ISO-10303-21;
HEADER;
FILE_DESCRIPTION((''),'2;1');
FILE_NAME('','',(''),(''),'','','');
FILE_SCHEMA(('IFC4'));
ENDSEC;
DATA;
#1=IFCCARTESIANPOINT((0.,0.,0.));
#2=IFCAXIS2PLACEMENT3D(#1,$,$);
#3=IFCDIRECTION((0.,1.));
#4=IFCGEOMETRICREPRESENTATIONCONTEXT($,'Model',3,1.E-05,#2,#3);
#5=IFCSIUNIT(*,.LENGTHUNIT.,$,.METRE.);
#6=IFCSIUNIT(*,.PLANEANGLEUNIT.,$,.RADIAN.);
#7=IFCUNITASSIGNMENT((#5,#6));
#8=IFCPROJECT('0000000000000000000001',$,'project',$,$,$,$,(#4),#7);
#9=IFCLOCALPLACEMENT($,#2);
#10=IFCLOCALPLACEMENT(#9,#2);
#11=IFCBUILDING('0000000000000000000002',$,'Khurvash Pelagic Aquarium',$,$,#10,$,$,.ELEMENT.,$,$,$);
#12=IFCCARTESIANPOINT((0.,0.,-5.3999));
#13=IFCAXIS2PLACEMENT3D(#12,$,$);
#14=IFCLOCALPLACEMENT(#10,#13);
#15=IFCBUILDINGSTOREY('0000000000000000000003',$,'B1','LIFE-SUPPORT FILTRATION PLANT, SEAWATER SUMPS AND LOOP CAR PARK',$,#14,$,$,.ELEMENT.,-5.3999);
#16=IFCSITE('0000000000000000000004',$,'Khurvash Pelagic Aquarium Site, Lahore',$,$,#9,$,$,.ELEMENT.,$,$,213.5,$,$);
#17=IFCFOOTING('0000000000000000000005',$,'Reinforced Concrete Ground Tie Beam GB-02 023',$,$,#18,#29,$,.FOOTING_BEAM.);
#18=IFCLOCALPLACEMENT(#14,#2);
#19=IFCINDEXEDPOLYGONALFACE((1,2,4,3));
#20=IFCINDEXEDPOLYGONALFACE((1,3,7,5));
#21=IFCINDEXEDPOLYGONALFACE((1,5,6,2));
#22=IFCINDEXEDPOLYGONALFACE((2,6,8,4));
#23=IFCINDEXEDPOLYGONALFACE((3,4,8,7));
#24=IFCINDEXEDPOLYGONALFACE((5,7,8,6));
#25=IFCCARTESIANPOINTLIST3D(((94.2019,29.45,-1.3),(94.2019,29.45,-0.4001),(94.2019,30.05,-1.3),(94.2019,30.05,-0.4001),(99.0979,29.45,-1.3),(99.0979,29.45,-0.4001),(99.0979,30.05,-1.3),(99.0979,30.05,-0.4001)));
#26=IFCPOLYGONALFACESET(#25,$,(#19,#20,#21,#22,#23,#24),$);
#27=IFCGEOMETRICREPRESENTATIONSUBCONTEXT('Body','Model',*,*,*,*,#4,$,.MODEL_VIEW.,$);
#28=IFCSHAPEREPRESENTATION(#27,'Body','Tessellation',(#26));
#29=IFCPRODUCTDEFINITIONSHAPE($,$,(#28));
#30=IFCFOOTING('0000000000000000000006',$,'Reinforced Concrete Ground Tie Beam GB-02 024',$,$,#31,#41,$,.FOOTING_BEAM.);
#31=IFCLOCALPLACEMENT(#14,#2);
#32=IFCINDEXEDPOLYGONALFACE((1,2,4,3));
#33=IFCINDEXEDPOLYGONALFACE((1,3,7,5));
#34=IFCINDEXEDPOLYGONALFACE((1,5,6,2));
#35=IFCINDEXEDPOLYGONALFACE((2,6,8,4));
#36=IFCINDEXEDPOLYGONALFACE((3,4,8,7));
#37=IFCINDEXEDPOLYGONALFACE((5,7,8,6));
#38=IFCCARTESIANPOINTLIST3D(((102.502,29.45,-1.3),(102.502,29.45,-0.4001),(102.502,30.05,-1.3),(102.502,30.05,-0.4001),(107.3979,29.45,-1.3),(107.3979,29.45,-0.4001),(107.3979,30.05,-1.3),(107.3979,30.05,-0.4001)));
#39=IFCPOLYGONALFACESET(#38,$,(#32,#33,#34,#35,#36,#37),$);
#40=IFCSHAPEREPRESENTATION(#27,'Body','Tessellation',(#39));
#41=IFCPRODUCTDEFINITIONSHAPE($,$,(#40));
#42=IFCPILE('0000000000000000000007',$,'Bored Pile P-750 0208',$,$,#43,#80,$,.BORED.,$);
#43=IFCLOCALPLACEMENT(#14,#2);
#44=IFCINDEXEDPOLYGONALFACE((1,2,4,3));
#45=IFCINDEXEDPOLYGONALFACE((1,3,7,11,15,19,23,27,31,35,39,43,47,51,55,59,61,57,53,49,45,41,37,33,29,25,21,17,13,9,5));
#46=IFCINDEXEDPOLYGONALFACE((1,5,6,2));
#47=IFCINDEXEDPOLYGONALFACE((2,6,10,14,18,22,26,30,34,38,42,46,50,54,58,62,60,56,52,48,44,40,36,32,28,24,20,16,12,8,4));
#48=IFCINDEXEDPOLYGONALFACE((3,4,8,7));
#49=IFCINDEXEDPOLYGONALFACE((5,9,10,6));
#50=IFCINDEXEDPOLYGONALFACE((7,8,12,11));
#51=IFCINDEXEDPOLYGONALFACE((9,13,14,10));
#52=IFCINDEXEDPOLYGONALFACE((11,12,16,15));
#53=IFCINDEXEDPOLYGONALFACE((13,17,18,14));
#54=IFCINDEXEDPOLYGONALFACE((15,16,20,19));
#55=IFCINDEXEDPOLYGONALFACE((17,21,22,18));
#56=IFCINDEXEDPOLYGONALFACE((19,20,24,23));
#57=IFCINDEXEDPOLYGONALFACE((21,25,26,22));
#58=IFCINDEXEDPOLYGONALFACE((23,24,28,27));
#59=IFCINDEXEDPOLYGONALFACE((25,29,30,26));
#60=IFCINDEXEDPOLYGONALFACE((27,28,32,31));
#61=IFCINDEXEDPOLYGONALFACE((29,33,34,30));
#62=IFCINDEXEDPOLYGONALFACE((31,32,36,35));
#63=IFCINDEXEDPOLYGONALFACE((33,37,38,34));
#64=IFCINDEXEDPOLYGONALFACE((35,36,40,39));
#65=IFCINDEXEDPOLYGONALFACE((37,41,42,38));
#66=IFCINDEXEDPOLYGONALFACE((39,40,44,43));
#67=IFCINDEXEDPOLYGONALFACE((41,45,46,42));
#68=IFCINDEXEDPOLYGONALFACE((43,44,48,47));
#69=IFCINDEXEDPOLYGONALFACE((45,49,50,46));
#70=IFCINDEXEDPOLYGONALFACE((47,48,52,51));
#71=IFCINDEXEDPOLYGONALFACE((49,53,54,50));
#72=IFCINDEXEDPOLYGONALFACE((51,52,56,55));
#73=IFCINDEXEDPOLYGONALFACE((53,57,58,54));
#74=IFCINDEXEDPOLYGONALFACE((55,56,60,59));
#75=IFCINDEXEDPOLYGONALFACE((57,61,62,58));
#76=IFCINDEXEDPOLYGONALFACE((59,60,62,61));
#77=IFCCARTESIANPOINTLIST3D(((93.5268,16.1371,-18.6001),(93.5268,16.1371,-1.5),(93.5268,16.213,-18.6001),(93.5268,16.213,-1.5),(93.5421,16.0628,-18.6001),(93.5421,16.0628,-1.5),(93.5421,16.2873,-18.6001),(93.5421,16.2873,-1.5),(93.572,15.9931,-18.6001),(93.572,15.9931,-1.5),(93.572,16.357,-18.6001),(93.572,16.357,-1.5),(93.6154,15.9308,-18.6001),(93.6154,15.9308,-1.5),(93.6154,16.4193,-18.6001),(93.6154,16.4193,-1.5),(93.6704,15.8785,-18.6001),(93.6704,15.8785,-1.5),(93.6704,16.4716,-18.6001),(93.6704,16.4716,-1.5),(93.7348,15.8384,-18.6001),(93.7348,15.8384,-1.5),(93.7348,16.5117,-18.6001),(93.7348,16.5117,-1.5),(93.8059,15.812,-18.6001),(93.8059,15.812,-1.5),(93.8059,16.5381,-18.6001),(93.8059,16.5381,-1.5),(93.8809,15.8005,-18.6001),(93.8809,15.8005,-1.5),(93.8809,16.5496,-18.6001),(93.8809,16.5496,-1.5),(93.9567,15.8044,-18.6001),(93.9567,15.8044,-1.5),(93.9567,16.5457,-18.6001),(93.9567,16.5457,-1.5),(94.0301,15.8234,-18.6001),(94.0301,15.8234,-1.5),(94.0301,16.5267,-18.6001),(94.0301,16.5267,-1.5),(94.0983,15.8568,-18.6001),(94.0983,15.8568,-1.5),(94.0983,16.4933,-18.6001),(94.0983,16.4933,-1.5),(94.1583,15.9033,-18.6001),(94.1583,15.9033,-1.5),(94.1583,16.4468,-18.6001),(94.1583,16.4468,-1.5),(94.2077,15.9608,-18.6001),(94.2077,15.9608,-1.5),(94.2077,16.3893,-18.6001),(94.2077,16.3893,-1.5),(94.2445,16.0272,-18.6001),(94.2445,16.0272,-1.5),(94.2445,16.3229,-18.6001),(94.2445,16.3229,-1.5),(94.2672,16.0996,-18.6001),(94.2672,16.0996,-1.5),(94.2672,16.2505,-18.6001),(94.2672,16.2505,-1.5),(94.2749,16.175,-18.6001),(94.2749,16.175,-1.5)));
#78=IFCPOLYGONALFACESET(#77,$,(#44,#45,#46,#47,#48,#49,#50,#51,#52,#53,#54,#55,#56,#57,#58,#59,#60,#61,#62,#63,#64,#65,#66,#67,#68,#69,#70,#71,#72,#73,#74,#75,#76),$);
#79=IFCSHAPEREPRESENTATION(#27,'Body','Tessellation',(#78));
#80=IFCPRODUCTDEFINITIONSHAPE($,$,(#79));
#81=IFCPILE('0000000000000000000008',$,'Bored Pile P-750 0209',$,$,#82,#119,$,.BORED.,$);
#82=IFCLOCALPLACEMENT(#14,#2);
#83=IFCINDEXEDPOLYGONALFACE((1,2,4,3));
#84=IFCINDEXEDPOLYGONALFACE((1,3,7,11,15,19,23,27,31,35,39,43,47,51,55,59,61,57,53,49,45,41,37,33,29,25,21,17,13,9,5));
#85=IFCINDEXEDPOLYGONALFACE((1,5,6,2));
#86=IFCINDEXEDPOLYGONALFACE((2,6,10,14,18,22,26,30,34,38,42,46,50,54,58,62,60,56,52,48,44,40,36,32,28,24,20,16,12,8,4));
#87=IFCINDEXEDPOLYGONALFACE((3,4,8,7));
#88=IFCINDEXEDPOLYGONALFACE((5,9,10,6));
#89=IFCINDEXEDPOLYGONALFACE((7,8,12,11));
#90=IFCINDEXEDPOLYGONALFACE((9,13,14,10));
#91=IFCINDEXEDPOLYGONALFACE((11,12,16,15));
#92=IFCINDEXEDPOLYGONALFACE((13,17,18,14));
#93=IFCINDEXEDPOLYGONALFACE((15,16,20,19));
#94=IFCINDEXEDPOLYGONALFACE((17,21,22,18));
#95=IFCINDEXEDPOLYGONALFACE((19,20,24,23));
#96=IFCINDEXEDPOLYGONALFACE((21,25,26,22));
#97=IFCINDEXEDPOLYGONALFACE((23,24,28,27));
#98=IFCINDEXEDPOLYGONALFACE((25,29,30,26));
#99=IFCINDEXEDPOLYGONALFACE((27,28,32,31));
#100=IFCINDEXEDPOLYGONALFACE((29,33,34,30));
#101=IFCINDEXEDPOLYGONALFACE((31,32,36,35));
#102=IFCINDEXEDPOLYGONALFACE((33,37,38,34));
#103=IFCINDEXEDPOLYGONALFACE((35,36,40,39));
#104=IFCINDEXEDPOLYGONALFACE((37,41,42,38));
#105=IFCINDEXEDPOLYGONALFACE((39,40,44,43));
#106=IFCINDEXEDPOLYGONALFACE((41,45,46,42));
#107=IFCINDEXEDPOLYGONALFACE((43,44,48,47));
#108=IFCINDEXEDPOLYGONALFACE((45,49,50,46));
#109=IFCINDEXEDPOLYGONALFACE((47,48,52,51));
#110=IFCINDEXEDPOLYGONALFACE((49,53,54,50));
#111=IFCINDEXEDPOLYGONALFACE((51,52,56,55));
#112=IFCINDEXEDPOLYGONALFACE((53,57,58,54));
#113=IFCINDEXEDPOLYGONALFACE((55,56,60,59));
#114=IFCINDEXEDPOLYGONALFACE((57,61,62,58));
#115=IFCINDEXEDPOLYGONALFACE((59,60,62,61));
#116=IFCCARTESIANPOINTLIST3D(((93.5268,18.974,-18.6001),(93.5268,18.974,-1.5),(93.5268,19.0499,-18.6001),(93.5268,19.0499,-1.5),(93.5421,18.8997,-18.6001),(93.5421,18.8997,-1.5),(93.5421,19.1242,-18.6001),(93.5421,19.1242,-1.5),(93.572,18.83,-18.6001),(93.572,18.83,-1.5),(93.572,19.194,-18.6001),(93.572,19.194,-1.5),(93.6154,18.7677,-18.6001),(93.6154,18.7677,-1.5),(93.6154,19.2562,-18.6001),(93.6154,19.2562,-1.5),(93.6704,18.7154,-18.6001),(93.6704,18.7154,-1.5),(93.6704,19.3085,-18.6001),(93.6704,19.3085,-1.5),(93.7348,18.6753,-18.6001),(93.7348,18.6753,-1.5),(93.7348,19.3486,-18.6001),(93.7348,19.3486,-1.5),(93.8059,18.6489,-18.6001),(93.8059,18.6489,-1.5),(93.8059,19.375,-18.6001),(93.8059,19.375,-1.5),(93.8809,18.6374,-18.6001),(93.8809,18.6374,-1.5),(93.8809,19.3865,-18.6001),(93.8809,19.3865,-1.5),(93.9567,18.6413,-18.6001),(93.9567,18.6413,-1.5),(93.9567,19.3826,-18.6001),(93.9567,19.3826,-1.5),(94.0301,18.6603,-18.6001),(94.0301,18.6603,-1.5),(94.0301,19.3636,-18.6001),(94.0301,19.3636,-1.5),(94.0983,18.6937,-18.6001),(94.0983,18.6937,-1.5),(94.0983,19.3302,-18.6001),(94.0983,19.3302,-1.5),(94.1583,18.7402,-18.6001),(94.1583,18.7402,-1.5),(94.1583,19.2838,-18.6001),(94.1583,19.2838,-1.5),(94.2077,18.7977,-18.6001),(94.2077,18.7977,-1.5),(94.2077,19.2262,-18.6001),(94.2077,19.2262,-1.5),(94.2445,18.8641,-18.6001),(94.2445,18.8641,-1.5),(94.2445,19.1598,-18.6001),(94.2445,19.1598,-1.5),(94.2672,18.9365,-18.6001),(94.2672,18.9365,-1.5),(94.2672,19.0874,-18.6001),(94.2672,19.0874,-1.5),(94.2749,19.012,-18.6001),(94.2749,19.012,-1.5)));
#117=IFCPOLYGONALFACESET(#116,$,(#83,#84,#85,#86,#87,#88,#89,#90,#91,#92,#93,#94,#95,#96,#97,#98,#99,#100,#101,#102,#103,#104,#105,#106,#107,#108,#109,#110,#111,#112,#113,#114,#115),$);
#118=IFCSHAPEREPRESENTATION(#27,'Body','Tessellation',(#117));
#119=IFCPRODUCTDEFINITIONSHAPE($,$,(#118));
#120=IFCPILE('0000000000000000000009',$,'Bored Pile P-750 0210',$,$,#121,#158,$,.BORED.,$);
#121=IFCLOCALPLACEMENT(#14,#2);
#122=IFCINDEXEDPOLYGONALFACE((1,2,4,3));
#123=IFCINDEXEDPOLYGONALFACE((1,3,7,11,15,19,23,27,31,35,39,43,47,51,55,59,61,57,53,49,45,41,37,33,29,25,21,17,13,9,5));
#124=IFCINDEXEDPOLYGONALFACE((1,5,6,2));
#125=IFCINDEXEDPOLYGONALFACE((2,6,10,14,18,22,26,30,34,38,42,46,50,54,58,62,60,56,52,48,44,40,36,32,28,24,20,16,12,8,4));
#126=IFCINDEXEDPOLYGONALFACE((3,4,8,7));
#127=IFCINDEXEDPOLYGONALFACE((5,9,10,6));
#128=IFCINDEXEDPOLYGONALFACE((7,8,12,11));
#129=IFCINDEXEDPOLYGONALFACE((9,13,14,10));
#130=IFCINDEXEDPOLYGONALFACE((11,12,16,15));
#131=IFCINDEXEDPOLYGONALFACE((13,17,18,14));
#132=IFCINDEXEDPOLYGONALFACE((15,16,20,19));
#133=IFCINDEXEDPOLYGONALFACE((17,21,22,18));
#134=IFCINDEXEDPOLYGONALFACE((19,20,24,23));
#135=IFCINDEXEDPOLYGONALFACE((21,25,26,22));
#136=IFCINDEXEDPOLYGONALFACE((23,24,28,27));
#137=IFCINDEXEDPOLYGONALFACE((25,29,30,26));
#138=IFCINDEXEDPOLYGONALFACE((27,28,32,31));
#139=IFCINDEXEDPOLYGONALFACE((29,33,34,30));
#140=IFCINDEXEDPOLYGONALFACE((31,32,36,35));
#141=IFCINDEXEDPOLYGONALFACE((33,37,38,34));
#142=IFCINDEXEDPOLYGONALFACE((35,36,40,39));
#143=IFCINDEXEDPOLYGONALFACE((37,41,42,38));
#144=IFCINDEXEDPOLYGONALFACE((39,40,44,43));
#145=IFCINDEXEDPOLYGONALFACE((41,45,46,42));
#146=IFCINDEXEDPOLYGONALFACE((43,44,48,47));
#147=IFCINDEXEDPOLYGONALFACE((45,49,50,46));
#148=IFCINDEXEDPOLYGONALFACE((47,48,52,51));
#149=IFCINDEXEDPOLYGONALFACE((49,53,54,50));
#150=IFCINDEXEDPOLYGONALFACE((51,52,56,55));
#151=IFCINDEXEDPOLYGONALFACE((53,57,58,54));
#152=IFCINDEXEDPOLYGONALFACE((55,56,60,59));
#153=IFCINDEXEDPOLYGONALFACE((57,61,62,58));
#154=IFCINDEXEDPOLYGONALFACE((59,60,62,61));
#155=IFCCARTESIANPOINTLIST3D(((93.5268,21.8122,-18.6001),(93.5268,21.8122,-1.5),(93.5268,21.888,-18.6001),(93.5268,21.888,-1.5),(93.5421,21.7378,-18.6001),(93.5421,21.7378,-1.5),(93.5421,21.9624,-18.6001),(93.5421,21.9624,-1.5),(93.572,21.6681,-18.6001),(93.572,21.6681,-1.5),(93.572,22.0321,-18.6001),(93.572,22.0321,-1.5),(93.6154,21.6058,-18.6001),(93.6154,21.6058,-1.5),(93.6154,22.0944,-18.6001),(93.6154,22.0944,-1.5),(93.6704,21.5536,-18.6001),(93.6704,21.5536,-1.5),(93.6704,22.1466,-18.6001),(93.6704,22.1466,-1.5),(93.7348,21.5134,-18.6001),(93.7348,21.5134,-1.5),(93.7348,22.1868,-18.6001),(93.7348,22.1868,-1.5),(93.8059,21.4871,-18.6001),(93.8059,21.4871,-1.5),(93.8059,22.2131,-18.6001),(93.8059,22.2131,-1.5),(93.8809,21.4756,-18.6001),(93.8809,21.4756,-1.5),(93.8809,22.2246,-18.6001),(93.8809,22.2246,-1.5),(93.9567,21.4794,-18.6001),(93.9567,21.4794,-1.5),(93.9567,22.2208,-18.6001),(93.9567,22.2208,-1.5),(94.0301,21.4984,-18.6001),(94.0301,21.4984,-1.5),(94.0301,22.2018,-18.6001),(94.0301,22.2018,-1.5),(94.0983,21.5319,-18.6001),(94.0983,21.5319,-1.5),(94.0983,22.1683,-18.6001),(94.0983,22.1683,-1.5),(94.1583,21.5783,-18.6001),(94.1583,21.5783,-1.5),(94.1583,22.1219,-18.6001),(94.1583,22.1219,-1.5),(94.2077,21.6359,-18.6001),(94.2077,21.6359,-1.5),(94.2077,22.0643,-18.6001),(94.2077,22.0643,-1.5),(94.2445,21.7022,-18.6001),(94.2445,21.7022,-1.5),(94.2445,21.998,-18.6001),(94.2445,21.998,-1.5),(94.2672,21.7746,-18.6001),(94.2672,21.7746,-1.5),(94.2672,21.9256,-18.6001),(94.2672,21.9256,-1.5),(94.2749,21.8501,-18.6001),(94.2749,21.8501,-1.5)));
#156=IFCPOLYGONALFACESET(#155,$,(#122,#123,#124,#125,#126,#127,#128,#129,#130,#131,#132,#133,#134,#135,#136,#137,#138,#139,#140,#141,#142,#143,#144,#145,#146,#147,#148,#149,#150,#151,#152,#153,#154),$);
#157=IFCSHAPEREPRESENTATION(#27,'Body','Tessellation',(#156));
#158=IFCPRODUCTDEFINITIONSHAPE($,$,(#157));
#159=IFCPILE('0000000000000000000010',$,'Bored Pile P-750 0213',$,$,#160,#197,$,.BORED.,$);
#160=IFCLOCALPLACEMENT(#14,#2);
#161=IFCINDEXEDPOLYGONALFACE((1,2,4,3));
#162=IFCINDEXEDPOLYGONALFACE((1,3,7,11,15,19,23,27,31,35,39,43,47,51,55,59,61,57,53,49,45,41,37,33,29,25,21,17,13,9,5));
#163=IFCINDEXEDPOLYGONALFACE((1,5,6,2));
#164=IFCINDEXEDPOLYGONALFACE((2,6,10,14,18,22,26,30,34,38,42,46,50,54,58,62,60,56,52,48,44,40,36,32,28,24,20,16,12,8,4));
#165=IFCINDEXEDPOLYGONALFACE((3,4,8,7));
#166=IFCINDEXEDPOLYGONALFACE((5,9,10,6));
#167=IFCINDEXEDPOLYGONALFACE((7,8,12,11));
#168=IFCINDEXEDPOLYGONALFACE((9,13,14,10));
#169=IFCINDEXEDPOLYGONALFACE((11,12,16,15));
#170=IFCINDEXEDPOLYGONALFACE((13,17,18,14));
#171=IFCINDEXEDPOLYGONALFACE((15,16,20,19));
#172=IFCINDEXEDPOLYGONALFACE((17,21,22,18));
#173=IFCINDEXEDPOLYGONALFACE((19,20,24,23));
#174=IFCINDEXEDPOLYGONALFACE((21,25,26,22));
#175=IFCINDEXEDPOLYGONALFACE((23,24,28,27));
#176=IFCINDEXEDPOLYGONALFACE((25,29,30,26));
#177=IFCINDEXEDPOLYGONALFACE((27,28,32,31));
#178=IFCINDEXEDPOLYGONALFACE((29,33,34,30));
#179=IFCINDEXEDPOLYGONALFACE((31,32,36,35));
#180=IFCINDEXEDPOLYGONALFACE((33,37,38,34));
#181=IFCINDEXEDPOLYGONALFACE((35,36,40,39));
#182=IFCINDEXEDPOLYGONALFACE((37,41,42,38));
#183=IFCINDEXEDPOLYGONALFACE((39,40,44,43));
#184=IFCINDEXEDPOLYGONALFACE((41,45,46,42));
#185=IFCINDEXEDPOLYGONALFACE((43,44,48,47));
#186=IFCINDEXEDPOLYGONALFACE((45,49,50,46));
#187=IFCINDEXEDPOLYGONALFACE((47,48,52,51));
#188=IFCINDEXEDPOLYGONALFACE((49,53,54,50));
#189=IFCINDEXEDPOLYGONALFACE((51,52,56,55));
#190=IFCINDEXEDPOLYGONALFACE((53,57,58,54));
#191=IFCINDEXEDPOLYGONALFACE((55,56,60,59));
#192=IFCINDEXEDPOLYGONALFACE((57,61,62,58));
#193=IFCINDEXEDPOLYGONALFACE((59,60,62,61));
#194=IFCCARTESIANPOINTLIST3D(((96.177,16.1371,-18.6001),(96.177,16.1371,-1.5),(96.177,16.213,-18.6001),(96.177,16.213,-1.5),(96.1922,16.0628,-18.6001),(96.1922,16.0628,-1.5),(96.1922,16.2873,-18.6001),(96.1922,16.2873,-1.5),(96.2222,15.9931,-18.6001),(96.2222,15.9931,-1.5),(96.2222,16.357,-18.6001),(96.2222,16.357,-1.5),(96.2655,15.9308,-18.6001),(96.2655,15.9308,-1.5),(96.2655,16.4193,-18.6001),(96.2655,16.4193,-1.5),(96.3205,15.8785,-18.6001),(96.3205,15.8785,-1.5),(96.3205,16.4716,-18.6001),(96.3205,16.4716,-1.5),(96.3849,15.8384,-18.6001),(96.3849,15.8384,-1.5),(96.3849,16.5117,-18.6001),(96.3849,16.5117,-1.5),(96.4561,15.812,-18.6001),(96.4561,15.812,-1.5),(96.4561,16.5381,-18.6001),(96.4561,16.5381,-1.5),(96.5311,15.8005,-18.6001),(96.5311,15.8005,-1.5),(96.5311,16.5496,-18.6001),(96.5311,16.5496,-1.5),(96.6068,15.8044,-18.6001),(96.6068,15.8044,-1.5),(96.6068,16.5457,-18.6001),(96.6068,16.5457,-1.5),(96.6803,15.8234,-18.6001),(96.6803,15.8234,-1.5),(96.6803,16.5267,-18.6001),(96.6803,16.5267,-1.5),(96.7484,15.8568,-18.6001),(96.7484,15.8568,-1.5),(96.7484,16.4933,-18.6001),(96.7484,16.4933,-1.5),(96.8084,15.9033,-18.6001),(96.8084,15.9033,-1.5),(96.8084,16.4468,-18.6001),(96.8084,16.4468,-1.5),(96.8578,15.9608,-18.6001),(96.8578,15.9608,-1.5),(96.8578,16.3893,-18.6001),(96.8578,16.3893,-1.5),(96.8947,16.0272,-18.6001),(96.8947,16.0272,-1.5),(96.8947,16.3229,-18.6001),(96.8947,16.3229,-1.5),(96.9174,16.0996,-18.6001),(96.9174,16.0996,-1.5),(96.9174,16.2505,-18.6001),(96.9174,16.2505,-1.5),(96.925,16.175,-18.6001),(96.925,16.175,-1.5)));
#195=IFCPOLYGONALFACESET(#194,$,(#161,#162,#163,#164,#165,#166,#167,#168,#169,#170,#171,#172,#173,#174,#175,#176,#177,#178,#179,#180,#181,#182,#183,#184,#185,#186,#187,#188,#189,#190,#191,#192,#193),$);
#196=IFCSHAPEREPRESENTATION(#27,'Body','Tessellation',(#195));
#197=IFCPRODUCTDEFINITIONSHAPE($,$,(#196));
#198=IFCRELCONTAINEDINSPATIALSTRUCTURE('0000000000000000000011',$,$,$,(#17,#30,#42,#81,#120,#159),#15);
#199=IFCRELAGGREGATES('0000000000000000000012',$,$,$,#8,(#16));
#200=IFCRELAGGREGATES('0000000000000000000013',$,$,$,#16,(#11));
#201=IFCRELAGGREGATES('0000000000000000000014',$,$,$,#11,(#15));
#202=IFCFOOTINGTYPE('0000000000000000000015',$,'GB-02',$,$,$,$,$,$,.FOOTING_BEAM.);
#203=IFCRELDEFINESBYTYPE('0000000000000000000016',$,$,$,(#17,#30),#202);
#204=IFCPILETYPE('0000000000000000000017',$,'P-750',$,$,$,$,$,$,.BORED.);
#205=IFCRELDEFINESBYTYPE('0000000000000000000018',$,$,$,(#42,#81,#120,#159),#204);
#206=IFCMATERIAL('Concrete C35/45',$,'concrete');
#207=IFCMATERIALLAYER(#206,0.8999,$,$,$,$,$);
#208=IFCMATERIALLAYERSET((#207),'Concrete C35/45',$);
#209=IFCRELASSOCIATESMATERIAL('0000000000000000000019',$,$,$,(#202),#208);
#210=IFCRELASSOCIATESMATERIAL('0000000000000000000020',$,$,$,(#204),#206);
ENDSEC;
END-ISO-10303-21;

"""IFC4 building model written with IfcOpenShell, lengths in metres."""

from ifc_helpers import new_model, si_unit, direction, frame, origin, origin_2d, place, context, subcontext, project, spatial, rectangle, circle, extrude, material, layer, layer_set, material_profile, profile_set, type_object, element, save


model = new_model("IFC4")

# Units and contexts
model_context = context("Model", 3, precision=1e-05, world=origin(), true_north=direction((0.0, 1.0)))
body_context = subcontext(model_context, "Body", "Model", "MODEL_VIEW")
ifc_project = project(units=[si_unit("LENGTHUNIT", "METRE"), si_unit("PLANEANGLEUNIT", "RADIAN")], contexts=[model_context])

# Site, building, storey
site_placement = place(None, origin())
site = spatial("IfcSite", under=ifc_project, at=site_placement, Name="Khurvash Pelagic Aquarium Site, Lahore", CompositionType="ELEMENT", RefElevation=213.5)
building_placement = place(site_placement, origin())
building = spatial("IfcBuilding", under=site, at=building_placement, Name="Khurvash Pelagic Aquarium", CompositionType="ELEMENT")
storey_placement = place(building_placement, frame((0.0, 0.0, -5.3999)))
storey = spatial("IfcBuildingStorey", under=building, at=storey_placement, Name="B1", Description="LIFE-SUPPORT FILTRATION PLANT, SEAWATER SUMPS AND LOOP CAR PARK", CompositionType="ELEMENT", Elevation=-5.3999)

# Footings
ifc_material_1 = material(Name="Concrete C35/45", Category="concrete")
ifc_layer_1 = layer(ifc_material_1, 0.8999)
ifc_layer_set_1 = layer_set([ifc_layer_1], Name="Concrete C35/45")
footing_type_1 = type_object("IfcFootingType", Name="GB-02", PredefinedType="FOOTING_BEAM", material=ifc_layer_set_1)
for number, where, z_axis, x_axis, name in (
    (1, (96.6499, 29.75, -1.3), (0.0, 0.0, 1.0), (1.0, 0.0, 0.0), "Reinforced Concrete Ground Tie Beam GB-02 023"),
    (2, (104.95, 29.75, -1.3), (0.0, 0.0, 1.0), (1.0, 0.0, 0.0), "Reinforced Concrete Ground Tie Beam GB-02 024"),
):
    element("IfcFooting", number, at=place(storey_placement, frame(where, z_axis=z_axis, x_axis=x_axis)), inside=storey, type_object=footing_type_1, Name=name, PredefinedType="FOOTING_BEAM", context=body_context, shape_type="SweptSolid", body=[
        extrude(rectangle(XDim=4.896, YDim=0.6001, at=origin_2d()), origin(), (0.0, 0.0, 1.0), 0.8999),
    ])

# Piles
ifc_material_profile_1 = material_profile(ifc_material_1, circle(Radius=0.375, at=origin_2d()), Name="PILE750")
ifc_profile_set_1 = profile_set([ifc_material_profile_1], Name="Concrete C35/45")
pile_type = type_object("IfcPileType", Name="P-750", PredefinedType="BORED", material=ifc_profile_set_1)
for number, where, z_axis, x_axis, name in (
    (3, (93.8999, 16.175, -1.5), (0.0, 0.0, -1.0), (1.0, 0.0, 0.0), "Bored Pile P-750 0208"),
    (4, (93.8999, 19.012, -1.5), (0.0, 0.0, -1.0), (1.0, 0.0, 0.0), "Bored Pile P-750 0209"),
    (5, (93.8999, 21.8501, -1.5), (0.0, 0.0, -1.0), (1.0, 0.0, 0.0), "Bored Pile P-750 0210"),
    (6, (96.55, 16.175, -1.5), (0.0, 0.0, -1.0), (1.0, 0.0, 0.0), "Bored Pile P-750 0213"),
):
    element("IfcPile", number, at=place(storey_placement, frame(where, z_axis=z_axis, x_axis=x_axis)), inside=storey, type_object=pile_type, Name=name, PredefinedType="BORED", context=body_context, shape_type="SweptSolid", body=[
        extrude(circle(Radius=0.375, at=origin_2d()), origin(), (0.0, 0.0, 1.0), 17.1001),
    ])

save(model, "model.ifc")
